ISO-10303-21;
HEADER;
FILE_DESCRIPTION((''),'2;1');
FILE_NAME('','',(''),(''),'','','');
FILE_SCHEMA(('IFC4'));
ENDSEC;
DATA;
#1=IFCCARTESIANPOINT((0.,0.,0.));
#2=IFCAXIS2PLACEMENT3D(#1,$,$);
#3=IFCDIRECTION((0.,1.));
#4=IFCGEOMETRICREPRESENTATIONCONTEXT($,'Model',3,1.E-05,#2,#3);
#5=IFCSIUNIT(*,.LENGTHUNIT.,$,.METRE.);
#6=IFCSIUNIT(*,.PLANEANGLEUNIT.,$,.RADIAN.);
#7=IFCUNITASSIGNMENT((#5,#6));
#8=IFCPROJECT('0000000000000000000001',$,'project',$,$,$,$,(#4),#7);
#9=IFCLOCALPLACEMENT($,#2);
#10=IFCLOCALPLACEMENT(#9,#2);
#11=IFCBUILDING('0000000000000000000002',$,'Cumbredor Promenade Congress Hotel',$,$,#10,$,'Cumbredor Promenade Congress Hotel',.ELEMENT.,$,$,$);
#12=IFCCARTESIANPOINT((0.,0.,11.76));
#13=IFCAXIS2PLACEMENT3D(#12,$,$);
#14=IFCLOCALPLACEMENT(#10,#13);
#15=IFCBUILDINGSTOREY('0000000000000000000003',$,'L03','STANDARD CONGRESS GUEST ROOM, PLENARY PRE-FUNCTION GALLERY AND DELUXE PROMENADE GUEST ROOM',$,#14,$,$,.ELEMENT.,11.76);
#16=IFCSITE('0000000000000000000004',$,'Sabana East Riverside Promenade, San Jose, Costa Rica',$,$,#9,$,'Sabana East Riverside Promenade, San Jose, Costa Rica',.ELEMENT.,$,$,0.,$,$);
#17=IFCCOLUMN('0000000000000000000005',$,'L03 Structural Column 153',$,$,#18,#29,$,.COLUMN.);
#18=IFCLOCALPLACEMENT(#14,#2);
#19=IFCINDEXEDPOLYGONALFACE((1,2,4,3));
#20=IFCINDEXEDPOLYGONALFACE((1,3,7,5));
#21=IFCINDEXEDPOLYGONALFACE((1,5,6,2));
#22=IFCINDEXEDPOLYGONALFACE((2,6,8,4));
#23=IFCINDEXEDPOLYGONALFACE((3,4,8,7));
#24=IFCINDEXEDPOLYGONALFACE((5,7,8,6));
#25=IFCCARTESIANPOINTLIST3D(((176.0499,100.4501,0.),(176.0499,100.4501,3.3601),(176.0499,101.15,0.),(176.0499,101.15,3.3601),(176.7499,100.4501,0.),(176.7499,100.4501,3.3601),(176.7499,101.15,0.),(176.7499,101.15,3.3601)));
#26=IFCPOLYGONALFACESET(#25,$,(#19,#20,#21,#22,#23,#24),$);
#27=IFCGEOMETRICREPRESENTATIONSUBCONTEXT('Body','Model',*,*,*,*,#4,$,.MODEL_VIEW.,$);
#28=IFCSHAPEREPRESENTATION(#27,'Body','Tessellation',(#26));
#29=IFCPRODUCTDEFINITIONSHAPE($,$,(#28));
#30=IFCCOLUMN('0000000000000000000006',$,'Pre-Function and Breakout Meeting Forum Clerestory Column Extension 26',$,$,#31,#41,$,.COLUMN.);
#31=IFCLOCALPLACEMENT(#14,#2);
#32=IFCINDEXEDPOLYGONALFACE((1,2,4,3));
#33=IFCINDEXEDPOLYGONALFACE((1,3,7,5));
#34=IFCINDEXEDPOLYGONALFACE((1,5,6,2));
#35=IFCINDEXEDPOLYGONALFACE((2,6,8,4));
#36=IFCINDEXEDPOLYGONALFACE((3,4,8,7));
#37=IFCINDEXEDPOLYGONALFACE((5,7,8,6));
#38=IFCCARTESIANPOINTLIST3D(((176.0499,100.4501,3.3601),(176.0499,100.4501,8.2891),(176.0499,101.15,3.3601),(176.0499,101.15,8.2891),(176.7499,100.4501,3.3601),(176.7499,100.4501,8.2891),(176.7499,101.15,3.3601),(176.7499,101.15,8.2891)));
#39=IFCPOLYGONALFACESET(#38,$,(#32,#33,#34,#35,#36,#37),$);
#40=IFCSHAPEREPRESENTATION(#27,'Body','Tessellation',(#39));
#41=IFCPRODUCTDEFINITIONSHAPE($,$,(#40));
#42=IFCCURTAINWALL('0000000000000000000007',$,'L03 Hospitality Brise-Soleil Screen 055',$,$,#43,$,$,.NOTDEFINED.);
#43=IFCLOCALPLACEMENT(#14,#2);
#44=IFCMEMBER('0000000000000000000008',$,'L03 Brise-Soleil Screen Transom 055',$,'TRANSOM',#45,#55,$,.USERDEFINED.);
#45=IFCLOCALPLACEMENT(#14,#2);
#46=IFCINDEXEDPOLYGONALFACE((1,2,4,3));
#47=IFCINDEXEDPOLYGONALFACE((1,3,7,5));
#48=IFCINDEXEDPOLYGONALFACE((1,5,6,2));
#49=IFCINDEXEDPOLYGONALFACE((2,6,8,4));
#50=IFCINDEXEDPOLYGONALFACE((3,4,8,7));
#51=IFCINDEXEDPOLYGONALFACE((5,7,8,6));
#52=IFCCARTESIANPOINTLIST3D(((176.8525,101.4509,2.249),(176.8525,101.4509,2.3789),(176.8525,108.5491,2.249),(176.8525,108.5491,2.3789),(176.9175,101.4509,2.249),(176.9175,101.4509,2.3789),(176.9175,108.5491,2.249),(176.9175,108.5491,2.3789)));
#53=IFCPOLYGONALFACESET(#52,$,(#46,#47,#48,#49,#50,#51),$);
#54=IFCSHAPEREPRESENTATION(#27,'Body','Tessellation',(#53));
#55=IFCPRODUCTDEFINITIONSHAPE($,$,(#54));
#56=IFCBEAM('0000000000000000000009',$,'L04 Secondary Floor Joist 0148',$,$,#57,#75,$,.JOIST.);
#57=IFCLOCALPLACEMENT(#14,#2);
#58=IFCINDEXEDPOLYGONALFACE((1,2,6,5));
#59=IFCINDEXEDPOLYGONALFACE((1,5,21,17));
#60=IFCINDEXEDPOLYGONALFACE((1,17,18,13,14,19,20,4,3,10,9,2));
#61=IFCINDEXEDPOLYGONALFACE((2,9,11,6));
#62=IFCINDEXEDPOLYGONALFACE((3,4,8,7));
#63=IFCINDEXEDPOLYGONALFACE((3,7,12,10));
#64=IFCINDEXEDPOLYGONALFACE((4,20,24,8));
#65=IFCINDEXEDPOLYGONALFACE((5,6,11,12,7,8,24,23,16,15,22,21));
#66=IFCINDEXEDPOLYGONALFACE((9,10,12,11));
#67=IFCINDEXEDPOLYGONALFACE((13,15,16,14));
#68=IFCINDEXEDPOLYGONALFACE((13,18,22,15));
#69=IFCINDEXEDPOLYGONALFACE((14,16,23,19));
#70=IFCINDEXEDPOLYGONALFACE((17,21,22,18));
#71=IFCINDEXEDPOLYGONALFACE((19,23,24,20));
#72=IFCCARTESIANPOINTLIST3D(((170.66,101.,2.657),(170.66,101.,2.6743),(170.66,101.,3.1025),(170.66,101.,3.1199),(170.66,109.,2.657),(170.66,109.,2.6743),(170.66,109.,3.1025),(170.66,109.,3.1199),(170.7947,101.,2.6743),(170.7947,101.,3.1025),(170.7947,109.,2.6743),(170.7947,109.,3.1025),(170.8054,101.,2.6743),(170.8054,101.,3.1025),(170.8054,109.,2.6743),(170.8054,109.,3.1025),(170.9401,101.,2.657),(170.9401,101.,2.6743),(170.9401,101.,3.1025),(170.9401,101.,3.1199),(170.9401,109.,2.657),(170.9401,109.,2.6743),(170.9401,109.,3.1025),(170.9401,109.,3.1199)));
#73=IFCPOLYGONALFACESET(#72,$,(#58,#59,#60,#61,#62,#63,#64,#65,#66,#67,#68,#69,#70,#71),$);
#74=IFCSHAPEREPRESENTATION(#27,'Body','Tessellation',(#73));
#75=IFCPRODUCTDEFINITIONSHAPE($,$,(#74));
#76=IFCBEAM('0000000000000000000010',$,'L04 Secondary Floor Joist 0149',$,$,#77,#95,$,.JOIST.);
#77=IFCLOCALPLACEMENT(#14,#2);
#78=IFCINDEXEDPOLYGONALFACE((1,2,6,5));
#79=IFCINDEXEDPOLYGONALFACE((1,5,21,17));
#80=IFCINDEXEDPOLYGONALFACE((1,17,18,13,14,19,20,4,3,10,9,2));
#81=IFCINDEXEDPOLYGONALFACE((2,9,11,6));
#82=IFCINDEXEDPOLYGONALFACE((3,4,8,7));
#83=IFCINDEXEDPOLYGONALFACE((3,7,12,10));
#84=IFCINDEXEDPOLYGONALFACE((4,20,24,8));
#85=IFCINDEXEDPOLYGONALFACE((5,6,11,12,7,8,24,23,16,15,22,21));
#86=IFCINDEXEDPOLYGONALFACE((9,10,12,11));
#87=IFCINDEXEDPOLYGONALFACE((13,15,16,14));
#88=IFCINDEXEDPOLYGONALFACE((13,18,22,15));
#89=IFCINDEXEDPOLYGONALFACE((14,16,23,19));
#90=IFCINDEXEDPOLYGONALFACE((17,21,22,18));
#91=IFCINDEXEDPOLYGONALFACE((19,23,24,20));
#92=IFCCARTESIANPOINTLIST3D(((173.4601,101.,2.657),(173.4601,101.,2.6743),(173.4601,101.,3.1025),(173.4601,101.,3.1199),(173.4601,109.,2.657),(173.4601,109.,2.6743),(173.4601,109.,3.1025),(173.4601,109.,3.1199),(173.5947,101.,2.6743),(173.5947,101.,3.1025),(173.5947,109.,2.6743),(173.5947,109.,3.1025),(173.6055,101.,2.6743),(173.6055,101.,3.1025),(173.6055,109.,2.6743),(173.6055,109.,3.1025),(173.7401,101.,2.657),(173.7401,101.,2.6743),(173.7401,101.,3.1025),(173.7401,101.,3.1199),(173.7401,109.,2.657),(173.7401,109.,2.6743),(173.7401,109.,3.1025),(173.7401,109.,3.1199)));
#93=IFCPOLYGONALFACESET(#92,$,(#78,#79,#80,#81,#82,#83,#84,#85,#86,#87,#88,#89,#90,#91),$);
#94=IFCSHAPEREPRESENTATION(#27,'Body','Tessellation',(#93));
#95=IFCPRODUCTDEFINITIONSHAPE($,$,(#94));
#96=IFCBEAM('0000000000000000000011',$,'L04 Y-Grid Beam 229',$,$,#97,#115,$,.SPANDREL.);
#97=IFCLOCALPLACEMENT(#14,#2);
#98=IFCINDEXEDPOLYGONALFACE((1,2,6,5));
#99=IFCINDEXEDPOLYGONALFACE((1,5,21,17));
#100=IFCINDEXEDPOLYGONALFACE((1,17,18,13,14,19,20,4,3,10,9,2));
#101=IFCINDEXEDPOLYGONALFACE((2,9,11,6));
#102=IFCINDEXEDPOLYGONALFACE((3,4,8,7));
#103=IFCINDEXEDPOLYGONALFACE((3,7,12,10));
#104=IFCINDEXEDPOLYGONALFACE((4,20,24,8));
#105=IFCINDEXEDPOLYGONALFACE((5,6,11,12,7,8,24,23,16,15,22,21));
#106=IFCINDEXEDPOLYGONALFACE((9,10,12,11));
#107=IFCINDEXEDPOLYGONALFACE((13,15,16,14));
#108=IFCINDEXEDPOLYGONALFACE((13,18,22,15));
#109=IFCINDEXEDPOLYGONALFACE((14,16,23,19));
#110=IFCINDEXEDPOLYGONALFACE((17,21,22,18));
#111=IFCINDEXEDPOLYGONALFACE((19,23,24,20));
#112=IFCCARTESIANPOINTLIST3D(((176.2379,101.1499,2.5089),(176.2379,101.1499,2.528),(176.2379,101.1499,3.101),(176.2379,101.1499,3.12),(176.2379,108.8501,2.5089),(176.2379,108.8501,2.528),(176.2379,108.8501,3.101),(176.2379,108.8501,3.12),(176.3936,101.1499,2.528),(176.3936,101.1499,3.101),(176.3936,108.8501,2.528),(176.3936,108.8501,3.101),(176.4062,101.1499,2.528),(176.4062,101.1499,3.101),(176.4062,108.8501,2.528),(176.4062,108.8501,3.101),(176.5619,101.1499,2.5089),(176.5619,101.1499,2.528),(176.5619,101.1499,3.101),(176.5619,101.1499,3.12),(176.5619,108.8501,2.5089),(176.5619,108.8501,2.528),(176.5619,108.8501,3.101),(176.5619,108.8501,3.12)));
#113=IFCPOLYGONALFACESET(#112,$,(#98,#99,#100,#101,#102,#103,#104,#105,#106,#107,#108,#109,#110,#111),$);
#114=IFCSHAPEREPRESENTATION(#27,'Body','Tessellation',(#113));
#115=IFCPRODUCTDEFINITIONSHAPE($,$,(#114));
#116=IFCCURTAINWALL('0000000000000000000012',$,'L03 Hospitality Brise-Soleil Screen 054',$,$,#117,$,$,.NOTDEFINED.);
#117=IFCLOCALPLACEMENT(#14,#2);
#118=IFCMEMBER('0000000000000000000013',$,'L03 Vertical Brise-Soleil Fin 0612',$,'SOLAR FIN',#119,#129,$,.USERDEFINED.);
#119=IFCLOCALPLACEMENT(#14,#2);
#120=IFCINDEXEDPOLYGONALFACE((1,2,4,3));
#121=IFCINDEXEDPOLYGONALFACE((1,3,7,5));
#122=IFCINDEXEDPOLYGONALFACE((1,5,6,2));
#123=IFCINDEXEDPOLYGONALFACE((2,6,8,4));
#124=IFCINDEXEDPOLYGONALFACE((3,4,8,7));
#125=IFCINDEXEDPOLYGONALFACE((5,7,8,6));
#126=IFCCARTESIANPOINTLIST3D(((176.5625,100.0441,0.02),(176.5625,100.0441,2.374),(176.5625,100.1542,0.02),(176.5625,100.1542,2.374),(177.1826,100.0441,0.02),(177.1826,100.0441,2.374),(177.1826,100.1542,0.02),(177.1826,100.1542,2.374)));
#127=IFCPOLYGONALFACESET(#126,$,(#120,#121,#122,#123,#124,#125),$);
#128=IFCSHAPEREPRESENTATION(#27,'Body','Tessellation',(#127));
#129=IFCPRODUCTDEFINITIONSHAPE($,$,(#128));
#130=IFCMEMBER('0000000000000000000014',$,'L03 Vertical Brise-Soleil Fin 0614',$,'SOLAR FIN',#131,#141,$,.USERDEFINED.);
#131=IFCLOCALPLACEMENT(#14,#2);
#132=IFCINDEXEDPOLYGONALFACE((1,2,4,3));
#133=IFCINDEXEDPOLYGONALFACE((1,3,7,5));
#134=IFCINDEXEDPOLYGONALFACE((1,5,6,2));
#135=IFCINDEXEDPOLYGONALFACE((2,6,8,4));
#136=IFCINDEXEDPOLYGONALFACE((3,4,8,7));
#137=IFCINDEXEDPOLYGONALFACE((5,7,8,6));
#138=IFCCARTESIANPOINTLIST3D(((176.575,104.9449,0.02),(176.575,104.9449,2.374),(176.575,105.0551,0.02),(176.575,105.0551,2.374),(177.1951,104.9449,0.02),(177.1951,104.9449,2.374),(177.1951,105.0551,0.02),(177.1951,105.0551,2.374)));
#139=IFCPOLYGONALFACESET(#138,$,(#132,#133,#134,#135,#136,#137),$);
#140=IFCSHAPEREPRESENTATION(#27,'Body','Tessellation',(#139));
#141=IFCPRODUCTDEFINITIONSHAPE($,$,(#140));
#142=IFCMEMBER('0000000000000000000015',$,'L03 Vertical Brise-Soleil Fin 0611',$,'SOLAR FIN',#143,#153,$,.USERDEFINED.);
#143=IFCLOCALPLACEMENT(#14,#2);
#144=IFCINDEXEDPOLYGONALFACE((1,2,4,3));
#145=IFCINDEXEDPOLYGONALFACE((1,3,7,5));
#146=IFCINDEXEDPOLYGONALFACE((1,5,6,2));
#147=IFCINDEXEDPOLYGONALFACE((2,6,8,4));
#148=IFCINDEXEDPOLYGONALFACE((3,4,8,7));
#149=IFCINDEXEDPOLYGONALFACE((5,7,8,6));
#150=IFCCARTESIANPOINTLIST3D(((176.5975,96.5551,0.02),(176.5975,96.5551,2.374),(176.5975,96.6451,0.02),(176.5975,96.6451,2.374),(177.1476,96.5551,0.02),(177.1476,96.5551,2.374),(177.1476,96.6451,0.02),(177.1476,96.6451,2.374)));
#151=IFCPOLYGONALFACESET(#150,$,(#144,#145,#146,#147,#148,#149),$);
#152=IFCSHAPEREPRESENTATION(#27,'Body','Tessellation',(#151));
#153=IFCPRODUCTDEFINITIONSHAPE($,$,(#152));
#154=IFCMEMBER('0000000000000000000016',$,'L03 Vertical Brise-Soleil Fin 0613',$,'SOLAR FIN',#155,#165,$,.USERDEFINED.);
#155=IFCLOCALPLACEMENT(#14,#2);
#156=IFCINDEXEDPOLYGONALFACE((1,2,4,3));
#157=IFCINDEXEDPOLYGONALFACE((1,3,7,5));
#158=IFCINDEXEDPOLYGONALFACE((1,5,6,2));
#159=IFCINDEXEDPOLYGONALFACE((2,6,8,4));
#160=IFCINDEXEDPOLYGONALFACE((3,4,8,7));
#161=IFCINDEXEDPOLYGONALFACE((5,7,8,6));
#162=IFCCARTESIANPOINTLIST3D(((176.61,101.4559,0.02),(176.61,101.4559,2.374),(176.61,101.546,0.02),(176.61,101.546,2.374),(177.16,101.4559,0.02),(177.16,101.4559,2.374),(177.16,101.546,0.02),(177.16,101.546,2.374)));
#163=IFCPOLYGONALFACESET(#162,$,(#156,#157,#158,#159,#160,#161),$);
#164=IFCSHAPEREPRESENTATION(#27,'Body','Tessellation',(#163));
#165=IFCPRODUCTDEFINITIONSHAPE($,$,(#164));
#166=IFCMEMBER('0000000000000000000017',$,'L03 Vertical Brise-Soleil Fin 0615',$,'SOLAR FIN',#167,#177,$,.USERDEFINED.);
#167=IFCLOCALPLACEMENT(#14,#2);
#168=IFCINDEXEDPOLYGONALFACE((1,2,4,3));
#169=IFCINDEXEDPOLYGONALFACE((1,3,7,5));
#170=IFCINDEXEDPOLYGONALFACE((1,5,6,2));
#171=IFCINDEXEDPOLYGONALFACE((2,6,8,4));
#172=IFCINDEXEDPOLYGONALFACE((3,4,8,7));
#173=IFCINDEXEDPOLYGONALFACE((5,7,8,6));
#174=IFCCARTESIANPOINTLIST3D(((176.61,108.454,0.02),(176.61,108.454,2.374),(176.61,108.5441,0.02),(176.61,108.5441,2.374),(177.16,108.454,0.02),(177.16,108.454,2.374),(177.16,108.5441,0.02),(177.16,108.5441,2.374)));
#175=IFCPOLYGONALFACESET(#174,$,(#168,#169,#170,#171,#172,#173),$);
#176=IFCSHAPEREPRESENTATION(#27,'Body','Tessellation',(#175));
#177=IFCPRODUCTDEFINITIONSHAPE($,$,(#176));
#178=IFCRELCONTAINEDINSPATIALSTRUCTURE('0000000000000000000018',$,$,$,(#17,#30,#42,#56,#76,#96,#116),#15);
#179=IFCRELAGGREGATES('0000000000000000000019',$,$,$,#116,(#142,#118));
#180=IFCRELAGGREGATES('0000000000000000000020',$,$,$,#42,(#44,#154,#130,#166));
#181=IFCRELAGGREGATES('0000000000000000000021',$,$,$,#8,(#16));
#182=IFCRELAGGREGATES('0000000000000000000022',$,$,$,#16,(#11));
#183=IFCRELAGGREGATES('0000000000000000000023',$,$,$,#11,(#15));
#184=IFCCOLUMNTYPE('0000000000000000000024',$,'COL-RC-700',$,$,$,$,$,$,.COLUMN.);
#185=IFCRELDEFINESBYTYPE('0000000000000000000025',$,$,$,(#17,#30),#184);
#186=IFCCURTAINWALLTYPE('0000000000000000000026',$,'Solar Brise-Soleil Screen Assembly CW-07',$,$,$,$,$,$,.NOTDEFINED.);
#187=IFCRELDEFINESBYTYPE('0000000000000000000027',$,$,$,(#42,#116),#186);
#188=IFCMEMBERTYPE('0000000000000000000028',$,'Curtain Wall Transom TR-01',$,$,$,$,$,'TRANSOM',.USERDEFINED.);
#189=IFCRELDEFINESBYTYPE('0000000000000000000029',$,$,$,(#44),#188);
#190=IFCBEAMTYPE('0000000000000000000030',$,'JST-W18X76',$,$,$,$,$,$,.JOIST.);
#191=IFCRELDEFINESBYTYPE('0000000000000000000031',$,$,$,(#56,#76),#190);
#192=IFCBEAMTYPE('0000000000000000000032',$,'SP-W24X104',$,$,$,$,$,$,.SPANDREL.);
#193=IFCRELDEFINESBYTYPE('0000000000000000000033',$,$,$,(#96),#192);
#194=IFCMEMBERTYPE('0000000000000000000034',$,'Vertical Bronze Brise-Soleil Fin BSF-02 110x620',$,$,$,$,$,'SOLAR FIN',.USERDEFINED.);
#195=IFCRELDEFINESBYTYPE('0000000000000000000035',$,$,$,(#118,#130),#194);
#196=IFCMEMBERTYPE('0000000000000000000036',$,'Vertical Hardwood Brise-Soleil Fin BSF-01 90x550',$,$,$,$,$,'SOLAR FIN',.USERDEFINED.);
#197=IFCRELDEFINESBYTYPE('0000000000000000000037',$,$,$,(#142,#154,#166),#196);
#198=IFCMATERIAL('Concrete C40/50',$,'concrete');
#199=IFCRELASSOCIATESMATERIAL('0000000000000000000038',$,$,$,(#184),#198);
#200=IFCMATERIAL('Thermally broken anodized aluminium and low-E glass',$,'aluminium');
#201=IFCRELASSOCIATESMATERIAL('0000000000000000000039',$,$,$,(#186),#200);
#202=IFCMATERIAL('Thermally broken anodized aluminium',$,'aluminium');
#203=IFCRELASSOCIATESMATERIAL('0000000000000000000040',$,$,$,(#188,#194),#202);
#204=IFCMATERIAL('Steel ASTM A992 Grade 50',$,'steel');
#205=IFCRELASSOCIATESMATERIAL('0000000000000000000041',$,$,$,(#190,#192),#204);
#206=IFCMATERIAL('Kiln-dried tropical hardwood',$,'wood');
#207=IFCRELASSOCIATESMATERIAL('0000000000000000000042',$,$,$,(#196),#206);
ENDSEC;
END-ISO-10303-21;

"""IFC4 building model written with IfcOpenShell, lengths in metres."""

from ifc_helpers import new_model, si_unit, direction, frame, origin, origin_2d, place, context, subcontext, project, spatial, rectangle, i_section, extrude, material, material_profile, profile_set, type_object, element, aggregate, save


model = new_model("IFC4")

# Units and contexts
model_context = context("Model", 3, precision=1e-05, world=origin(), true_north=direction((0.0, 1.0)))
body_context = subcontext(model_context, "Body", "Model", "MODEL_VIEW")
ifc_project = project(units=[si_unit("LENGTHUNIT", "METRE"), si_unit("PLANEANGLEUNIT", "RADIAN")], contexts=[model_context])

# Site, building, storey
site_placement = place(None, origin())
site = spatial("IfcSite", under=ifc_project, at=site_placement, Name="Sabana East Riverside Promenade, San Jose, Costa Rica", LongName="Sabana East Riverside Promenade, San Jose, Costa Rica", CompositionType="ELEMENT", RefElevation=0.0)
building_placement = place(site_placement, origin())
building = spatial("IfcBuilding", under=site, at=building_placement, Name="Cumbredor Promenade Congress Hotel", LongName="Cumbredor Promenade Congress Hotel", CompositionType="ELEMENT")
storey_placement = place(building_placement, frame((0.0, 0.0, 11.76)))
storey = spatial("IfcBuildingStorey", under=building, at=storey_placement, Name="L03", Description="STANDARD CONGRESS GUEST ROOM, PLENARY PRE-FUNCTION GALLERY AND DELUXE PROMENADE GUEST ROOM", CompositionType="ELEMENT", Elevation=11.76)

# Columns
ifc_material_1 = material(Name="Concrete C40/50", Category="concrete")
ifc_material_profile_1 = material_profile(ifc_material_1, rectangle(XDim=0.7, YDim=0.7, at=origin_2d()), Name="RC 700x700")
ifc_profile_set_1 = profile_set([ifc_material_profile_1], Name="Concrete C40/50")
column_type = type_object("IfcColumnType", Name="COL-RC-700", PredefinedType="COLUMN", material=ifc_profile_set_1)
column_1_placement = place(storey_placement, frame((176.3999, 100.8, 0.0), z_axis=(0.0, 0.0, 1.0), x_axis=(1.0, 0.0, 0.0)))
element("IfcColumn", 1, at=column_1_placement, inside=storey, type_object=column_type, Name="L03 Structural Column 153", PredefinedType="COLUMN", context=body_context, shape_type="SweptSolid", body=[
    extrude(rectangle(XDim=0.7, YDim=0.7, at=origin_2d()), origin(), (0.0, 0.0, 1.0), 3.3601),
])
column_2_placement = place(storey_placement, frame((176.3999, 100.8, 3.3601), z_axis=(0.0, 0.0, 1.0), x_axis=(1.0, 0.0, 0.0)))
element("IfcColumn", 2, at=column_2_placement, inside=storey, type_object=column_type, Name="Pre-Function and Breakout Meeting Forum Clerestory Column Extension 26", PredefinedType="COLUMN", context=body_context, shape_type="SweptSolid", body=[
    extrude(rectangle(XDim=0.7, YDim=0.7, at=origin_2d()), origin(), (0.0, 0.0, 1.0), 4.929),
])

# Curtain wall, member
ifc_material_2 = material(Name="Thermally broken anodized aluminium and low-E glass", Category="aluminium")
curtain_wall_type = type_object("IfcCurtainWallType", Name="Solar Brise-Soleil Screen Assembly CW-07", PredefinedType="NOTDEFINED", material=ifc_material_2)
curtain_wall_1_placement = place(storey_placement, origin())
curtain_wall_1 = element("IfcCurtainWall", 3, at=curtain_wall_1_placement, inside=storey, type_object=curtain_wall_type, Name="L03 Hospitality Brise-Soleil Screen 055", PredefinedType="NOTDEFINED")
ifc_material_3 = material(Name="Thermally broken anodized aluminium", Category="aluminium")
ifc_material_profile_2 = material_profile(ifc_material_3, rectangle(XDim=0.0649, YDim=0.1299, at=origin_2d()), Name="ALU TRANSOM 65x130")
ifc_profile_set_2 = profile_set([ifc_material_profile_2], Name="Thermally broken anodized aluminium")
member_type_1 = type_object("IfcMemberType", Name="Curtain Wall Transom TR-01", ElementType="TRANSOM", PredefinedType="USERDEFINED", material=ifc_profile_set_2)
member_1_placement = place(storey_placement, frame((176.885, 101.4509, 2.314), z_axis=(0.0, 1.0, 0.0), x_axis=(-1.0, 0.0, 0.0)))
member_1 = element("IfcMember", 4, at=member_1_placement, type_object=member_type_1, Name="L03 Brise-Soleil Screen Transom 055", ObjectType="TRANSOM", PredefinedType="USERDEFINED", context=body_context, shape_type="SweptSolid", body=[
    extrude(rectangle(XDim=0.0649, YDim=0.1299, at=origin_2d()), origin(), (0.0, 0.0, 1.0), 7.0981),
])

# Beams
ifc_material_4 = material(Name="Steel ASTM A992 Grade 50", Category="steel")
ifc_material_profile_3 = material_profile(ifc_material_4, i_section(OverallWidth=0.28, OverallDepth=0.4629, WebThickness=0.0107, FlangeThickness=0.0173, at=origin_2d()), Name="W18X76")
ifc_profile_set_3 = profile_set([ifc_material_profile_3], Name="Steel ASTM A992 Grade 50")
beam_type_1 = type_object("IfcBeamType", Name="JST-W18X76", PredefinedType="JOIST", material=ifc_profile_set_3)
for number, where, z_axis, x_axis, name in (
    (5, (170.8, 101.0, 2.8884), (0.0, 1.0, 0.0), (-1.0, 0.0, 0.0), "L04 Secondary Floor Joist 0148"),
    (6, (173.6001, 101.0, 2.8884), (0.0, 1.0, 0.0), (-1.0, 0.0, 0.0), "L04 Secondary Floor Joist 0149"),
):
    element("IfcBeam", number, at=place(storey_placement, frame(where, z_axis=z_axis, x_axis=x_axis)), inside=storey, type_object=beam_type_1, Name=name, PredefinedType="JOIST", context=body_context, shape_type="SweptSolid", body=[
        extrude(i_section(OverallWidth=0.28, OverallDepth=0.4629, WebThickness=0.0107, FlangeThickness=0.0173, at=origin_2d()), origin(), (0.0, 0.0, 1.0), 8.0),
    ])
ifc_material_profile_4 = material_profile(ifc_material_4, i_section(OverallWidth=0.324, OverallDepth=0.6111, WebThickness=0.0127, FlangeThickness=0.019, at=origin_2d()), Name="W24X104")
ifc_profile_set_4 = profile_set([ifc_material_profile_4], Name="Steel ASTM A992 Grade 50")
beam_type_2 = type_object("IfcBeamType", Name="SP-W24X104", PredefinedType="SPANDREL", material=ifc_profile_set_4)
beam_placement = place(storey_placement, frame((176.3999, 101.1499, 2.8145), z_axis=(0.0, 1.0, 0.0), x_axis=(-1.0, 0.0, 0.0)))
element("IfcBeam", 7, at=beam_placement, inside=storey, type_object=beam_type_2, Name="L04 Y-Grid Beam 229", PredefinedType="SPANDREL", context=body_context, shape_type="SweptSolid", body=[
    extrude(i_section(OverallWidth=0.324, OverallDepth=0.6111, WebThickness=0.0127, FlangeThickness=0.019, at=origin_2d()), origin(), (0.0, 0.0, 1.0), 7.7002),
])

# Curtain wall, member
curtain_wall_2_placement = place(storey_placement, origin())
curtain_wall_2 = element("IfcCurtainWall", 8, at=curtain_wall_2_placement, inside=storey, type_object=curtain_wall_type, Name="L03 Hospitality Brise-Soleil Screen 054", PredefinedType="NOTDEFINED")
ifc_material_profile_5 = material_profile(ifc_material_3, rectangle(XDim=0.1101, YDim=0.6201, at=origin_2d()), Name="ARCH FIN 110x620")
ifc_profile_set_5 = profile_set([ifc_material_profile_5], Name="Thermally broken anodized aluminium")
member_type_2 = type_object("IfcMemberType", Name="Vertical Bronze Brise-Soleil Fin BSF-02 110x620", ElementType="SOLAR FIN", PredefinedType="USERDEFINED", material=ifc_profile_set_5)
member_2_placement = place(storey_placement, frame((176.8726, 100.0991, 0.02), z_axis=(0.0, 0.0, 1.0), x_axis=(0.0, 1.0, 0.0)))
member_2 = element("IfcMember", 9, at=member_2_placement, type_object=member_type_2, Name="L03 Vertical Brise-Soleil Fin 0612", ObjectType="SOLAR FIN", PredefinedType="USERDEFINED", context=body_context, shape_type="SweptSolid", body=[
    extrude(rectangle(XDim=0.1101, YDim=0.6201, at=origin_2d()), origin(), (0.0, 0.0, 1.0), 2.354),
])

# Members
member_3_placement = place(storey_placement, frame((176.885, 105.0, 0.02), z_axis=(0.0, 0.0, 1.0), x_axis=(0.0, 1.0, 0.0)))
member_3 = element("IfcMember", 10, at=member_3_placement, type_object=member_type_2, Name="L03 Vertical Brise-Soleil Fin 0614", ObjectType="SOLAR FIN", PredefinedType="USERDEFINED", context=body_context, shape_type="SweptSolid", body=[
    extrude(rectangle(XDim=0.1101, YDim=0.6201, at=origin_2d()), origin(), (0.0, 0.0, 1.0), 2.354),
])
ifc_material_5 = material(Name="Kiln-dried tropical hardwood", Category="wood")
ifc_material_profile_6 = material_profile(ifc_material_5, rectangle(XDim=0.0901, YDim=0.55, at=origin_2d()), Name="ARCH FIN 90x550")
ifc_profile_set_6 = profile_set([ifc_material_profile_6], Name="Kiln-dried tropical hardwood")
member_type_3 = type_object("IfcMemberType", Name="Vertical Hardwood Brise-Soleil Fin BSF-01 90x550", ElementType="SOLAR FIN", PredefinedType="USERDEFINED", material=ifc_profile_set_6)
member_4_placement = place(storey_placement, frame((176.8726, 96.6001, 0.02), z_axis=(0.0, 0.0, 1.0), x_axis=(0.0, 1.0, 0.0)))
member_4 = element("IfcMember", 11, at=member_4_placement, type_object=member_type_3, Name="L03 Vertical Brise-Soleil Fin 0611", ObjectType="SOLAR FIN", PredefinedType="USERDEFINED", context=body_context, shape_type="SweptSolid", body=[
    extrude(rectangle(XDim=0.0901, YDim=0.55, at=origin_2d()), origin(), (0.0, 0.0, 1.0), 2.354),
])
member_5_placement = place(storey_placement, frame((176.885, 101.501, 0.02), z_axis=(0.0, 0.0, 1.0), x_axis=(0.0, 1.0, 0.0)))
member_5 = element("IfcMember", 12, at=member_5_placement, type_object=member_type_3, Name="L03 Vertical Brise-Soleil Fin 0613", ObjectType="SOLAR FIN", PredefinedType="USERDEFINED", context=body_context, shape_type="SweptSolid", body=[
    extrude(rectangle(XDim=0.0901, YDim=0.55, at=origin_2d()), origin(), (0.0, 0.0, 1.0), 2.354),
])
member_6_placement = place(storey_placement, frame((176.885, 108.499, 0.02), z_axis=(0.0, 0.0, 1.0), x_axis=(0.0, 1.0, 0.0)))
member_6 = element("IfcMember", 13, at=member_6_placement, type_object=member_type_3, Name="L03 Vertical Brise-Soleil Fin 0615", ObjectType="SOLAR FIN", PredefinedType="USERDEFINED", context=body_context, shape_type="SweptSolid", body=[
    extrude(rectangle(XDim=0.0901, YDim=0.55, at=origin_2d()), origin(), (0.0, 0.0, 1.0), 2.354),
])

aggregate(curtain_wall_2, [member_4, member_2])
aggregate(curtain_wall_1, [member_1, member_5, member_3, member_6])

save(model, "model.ifc")
